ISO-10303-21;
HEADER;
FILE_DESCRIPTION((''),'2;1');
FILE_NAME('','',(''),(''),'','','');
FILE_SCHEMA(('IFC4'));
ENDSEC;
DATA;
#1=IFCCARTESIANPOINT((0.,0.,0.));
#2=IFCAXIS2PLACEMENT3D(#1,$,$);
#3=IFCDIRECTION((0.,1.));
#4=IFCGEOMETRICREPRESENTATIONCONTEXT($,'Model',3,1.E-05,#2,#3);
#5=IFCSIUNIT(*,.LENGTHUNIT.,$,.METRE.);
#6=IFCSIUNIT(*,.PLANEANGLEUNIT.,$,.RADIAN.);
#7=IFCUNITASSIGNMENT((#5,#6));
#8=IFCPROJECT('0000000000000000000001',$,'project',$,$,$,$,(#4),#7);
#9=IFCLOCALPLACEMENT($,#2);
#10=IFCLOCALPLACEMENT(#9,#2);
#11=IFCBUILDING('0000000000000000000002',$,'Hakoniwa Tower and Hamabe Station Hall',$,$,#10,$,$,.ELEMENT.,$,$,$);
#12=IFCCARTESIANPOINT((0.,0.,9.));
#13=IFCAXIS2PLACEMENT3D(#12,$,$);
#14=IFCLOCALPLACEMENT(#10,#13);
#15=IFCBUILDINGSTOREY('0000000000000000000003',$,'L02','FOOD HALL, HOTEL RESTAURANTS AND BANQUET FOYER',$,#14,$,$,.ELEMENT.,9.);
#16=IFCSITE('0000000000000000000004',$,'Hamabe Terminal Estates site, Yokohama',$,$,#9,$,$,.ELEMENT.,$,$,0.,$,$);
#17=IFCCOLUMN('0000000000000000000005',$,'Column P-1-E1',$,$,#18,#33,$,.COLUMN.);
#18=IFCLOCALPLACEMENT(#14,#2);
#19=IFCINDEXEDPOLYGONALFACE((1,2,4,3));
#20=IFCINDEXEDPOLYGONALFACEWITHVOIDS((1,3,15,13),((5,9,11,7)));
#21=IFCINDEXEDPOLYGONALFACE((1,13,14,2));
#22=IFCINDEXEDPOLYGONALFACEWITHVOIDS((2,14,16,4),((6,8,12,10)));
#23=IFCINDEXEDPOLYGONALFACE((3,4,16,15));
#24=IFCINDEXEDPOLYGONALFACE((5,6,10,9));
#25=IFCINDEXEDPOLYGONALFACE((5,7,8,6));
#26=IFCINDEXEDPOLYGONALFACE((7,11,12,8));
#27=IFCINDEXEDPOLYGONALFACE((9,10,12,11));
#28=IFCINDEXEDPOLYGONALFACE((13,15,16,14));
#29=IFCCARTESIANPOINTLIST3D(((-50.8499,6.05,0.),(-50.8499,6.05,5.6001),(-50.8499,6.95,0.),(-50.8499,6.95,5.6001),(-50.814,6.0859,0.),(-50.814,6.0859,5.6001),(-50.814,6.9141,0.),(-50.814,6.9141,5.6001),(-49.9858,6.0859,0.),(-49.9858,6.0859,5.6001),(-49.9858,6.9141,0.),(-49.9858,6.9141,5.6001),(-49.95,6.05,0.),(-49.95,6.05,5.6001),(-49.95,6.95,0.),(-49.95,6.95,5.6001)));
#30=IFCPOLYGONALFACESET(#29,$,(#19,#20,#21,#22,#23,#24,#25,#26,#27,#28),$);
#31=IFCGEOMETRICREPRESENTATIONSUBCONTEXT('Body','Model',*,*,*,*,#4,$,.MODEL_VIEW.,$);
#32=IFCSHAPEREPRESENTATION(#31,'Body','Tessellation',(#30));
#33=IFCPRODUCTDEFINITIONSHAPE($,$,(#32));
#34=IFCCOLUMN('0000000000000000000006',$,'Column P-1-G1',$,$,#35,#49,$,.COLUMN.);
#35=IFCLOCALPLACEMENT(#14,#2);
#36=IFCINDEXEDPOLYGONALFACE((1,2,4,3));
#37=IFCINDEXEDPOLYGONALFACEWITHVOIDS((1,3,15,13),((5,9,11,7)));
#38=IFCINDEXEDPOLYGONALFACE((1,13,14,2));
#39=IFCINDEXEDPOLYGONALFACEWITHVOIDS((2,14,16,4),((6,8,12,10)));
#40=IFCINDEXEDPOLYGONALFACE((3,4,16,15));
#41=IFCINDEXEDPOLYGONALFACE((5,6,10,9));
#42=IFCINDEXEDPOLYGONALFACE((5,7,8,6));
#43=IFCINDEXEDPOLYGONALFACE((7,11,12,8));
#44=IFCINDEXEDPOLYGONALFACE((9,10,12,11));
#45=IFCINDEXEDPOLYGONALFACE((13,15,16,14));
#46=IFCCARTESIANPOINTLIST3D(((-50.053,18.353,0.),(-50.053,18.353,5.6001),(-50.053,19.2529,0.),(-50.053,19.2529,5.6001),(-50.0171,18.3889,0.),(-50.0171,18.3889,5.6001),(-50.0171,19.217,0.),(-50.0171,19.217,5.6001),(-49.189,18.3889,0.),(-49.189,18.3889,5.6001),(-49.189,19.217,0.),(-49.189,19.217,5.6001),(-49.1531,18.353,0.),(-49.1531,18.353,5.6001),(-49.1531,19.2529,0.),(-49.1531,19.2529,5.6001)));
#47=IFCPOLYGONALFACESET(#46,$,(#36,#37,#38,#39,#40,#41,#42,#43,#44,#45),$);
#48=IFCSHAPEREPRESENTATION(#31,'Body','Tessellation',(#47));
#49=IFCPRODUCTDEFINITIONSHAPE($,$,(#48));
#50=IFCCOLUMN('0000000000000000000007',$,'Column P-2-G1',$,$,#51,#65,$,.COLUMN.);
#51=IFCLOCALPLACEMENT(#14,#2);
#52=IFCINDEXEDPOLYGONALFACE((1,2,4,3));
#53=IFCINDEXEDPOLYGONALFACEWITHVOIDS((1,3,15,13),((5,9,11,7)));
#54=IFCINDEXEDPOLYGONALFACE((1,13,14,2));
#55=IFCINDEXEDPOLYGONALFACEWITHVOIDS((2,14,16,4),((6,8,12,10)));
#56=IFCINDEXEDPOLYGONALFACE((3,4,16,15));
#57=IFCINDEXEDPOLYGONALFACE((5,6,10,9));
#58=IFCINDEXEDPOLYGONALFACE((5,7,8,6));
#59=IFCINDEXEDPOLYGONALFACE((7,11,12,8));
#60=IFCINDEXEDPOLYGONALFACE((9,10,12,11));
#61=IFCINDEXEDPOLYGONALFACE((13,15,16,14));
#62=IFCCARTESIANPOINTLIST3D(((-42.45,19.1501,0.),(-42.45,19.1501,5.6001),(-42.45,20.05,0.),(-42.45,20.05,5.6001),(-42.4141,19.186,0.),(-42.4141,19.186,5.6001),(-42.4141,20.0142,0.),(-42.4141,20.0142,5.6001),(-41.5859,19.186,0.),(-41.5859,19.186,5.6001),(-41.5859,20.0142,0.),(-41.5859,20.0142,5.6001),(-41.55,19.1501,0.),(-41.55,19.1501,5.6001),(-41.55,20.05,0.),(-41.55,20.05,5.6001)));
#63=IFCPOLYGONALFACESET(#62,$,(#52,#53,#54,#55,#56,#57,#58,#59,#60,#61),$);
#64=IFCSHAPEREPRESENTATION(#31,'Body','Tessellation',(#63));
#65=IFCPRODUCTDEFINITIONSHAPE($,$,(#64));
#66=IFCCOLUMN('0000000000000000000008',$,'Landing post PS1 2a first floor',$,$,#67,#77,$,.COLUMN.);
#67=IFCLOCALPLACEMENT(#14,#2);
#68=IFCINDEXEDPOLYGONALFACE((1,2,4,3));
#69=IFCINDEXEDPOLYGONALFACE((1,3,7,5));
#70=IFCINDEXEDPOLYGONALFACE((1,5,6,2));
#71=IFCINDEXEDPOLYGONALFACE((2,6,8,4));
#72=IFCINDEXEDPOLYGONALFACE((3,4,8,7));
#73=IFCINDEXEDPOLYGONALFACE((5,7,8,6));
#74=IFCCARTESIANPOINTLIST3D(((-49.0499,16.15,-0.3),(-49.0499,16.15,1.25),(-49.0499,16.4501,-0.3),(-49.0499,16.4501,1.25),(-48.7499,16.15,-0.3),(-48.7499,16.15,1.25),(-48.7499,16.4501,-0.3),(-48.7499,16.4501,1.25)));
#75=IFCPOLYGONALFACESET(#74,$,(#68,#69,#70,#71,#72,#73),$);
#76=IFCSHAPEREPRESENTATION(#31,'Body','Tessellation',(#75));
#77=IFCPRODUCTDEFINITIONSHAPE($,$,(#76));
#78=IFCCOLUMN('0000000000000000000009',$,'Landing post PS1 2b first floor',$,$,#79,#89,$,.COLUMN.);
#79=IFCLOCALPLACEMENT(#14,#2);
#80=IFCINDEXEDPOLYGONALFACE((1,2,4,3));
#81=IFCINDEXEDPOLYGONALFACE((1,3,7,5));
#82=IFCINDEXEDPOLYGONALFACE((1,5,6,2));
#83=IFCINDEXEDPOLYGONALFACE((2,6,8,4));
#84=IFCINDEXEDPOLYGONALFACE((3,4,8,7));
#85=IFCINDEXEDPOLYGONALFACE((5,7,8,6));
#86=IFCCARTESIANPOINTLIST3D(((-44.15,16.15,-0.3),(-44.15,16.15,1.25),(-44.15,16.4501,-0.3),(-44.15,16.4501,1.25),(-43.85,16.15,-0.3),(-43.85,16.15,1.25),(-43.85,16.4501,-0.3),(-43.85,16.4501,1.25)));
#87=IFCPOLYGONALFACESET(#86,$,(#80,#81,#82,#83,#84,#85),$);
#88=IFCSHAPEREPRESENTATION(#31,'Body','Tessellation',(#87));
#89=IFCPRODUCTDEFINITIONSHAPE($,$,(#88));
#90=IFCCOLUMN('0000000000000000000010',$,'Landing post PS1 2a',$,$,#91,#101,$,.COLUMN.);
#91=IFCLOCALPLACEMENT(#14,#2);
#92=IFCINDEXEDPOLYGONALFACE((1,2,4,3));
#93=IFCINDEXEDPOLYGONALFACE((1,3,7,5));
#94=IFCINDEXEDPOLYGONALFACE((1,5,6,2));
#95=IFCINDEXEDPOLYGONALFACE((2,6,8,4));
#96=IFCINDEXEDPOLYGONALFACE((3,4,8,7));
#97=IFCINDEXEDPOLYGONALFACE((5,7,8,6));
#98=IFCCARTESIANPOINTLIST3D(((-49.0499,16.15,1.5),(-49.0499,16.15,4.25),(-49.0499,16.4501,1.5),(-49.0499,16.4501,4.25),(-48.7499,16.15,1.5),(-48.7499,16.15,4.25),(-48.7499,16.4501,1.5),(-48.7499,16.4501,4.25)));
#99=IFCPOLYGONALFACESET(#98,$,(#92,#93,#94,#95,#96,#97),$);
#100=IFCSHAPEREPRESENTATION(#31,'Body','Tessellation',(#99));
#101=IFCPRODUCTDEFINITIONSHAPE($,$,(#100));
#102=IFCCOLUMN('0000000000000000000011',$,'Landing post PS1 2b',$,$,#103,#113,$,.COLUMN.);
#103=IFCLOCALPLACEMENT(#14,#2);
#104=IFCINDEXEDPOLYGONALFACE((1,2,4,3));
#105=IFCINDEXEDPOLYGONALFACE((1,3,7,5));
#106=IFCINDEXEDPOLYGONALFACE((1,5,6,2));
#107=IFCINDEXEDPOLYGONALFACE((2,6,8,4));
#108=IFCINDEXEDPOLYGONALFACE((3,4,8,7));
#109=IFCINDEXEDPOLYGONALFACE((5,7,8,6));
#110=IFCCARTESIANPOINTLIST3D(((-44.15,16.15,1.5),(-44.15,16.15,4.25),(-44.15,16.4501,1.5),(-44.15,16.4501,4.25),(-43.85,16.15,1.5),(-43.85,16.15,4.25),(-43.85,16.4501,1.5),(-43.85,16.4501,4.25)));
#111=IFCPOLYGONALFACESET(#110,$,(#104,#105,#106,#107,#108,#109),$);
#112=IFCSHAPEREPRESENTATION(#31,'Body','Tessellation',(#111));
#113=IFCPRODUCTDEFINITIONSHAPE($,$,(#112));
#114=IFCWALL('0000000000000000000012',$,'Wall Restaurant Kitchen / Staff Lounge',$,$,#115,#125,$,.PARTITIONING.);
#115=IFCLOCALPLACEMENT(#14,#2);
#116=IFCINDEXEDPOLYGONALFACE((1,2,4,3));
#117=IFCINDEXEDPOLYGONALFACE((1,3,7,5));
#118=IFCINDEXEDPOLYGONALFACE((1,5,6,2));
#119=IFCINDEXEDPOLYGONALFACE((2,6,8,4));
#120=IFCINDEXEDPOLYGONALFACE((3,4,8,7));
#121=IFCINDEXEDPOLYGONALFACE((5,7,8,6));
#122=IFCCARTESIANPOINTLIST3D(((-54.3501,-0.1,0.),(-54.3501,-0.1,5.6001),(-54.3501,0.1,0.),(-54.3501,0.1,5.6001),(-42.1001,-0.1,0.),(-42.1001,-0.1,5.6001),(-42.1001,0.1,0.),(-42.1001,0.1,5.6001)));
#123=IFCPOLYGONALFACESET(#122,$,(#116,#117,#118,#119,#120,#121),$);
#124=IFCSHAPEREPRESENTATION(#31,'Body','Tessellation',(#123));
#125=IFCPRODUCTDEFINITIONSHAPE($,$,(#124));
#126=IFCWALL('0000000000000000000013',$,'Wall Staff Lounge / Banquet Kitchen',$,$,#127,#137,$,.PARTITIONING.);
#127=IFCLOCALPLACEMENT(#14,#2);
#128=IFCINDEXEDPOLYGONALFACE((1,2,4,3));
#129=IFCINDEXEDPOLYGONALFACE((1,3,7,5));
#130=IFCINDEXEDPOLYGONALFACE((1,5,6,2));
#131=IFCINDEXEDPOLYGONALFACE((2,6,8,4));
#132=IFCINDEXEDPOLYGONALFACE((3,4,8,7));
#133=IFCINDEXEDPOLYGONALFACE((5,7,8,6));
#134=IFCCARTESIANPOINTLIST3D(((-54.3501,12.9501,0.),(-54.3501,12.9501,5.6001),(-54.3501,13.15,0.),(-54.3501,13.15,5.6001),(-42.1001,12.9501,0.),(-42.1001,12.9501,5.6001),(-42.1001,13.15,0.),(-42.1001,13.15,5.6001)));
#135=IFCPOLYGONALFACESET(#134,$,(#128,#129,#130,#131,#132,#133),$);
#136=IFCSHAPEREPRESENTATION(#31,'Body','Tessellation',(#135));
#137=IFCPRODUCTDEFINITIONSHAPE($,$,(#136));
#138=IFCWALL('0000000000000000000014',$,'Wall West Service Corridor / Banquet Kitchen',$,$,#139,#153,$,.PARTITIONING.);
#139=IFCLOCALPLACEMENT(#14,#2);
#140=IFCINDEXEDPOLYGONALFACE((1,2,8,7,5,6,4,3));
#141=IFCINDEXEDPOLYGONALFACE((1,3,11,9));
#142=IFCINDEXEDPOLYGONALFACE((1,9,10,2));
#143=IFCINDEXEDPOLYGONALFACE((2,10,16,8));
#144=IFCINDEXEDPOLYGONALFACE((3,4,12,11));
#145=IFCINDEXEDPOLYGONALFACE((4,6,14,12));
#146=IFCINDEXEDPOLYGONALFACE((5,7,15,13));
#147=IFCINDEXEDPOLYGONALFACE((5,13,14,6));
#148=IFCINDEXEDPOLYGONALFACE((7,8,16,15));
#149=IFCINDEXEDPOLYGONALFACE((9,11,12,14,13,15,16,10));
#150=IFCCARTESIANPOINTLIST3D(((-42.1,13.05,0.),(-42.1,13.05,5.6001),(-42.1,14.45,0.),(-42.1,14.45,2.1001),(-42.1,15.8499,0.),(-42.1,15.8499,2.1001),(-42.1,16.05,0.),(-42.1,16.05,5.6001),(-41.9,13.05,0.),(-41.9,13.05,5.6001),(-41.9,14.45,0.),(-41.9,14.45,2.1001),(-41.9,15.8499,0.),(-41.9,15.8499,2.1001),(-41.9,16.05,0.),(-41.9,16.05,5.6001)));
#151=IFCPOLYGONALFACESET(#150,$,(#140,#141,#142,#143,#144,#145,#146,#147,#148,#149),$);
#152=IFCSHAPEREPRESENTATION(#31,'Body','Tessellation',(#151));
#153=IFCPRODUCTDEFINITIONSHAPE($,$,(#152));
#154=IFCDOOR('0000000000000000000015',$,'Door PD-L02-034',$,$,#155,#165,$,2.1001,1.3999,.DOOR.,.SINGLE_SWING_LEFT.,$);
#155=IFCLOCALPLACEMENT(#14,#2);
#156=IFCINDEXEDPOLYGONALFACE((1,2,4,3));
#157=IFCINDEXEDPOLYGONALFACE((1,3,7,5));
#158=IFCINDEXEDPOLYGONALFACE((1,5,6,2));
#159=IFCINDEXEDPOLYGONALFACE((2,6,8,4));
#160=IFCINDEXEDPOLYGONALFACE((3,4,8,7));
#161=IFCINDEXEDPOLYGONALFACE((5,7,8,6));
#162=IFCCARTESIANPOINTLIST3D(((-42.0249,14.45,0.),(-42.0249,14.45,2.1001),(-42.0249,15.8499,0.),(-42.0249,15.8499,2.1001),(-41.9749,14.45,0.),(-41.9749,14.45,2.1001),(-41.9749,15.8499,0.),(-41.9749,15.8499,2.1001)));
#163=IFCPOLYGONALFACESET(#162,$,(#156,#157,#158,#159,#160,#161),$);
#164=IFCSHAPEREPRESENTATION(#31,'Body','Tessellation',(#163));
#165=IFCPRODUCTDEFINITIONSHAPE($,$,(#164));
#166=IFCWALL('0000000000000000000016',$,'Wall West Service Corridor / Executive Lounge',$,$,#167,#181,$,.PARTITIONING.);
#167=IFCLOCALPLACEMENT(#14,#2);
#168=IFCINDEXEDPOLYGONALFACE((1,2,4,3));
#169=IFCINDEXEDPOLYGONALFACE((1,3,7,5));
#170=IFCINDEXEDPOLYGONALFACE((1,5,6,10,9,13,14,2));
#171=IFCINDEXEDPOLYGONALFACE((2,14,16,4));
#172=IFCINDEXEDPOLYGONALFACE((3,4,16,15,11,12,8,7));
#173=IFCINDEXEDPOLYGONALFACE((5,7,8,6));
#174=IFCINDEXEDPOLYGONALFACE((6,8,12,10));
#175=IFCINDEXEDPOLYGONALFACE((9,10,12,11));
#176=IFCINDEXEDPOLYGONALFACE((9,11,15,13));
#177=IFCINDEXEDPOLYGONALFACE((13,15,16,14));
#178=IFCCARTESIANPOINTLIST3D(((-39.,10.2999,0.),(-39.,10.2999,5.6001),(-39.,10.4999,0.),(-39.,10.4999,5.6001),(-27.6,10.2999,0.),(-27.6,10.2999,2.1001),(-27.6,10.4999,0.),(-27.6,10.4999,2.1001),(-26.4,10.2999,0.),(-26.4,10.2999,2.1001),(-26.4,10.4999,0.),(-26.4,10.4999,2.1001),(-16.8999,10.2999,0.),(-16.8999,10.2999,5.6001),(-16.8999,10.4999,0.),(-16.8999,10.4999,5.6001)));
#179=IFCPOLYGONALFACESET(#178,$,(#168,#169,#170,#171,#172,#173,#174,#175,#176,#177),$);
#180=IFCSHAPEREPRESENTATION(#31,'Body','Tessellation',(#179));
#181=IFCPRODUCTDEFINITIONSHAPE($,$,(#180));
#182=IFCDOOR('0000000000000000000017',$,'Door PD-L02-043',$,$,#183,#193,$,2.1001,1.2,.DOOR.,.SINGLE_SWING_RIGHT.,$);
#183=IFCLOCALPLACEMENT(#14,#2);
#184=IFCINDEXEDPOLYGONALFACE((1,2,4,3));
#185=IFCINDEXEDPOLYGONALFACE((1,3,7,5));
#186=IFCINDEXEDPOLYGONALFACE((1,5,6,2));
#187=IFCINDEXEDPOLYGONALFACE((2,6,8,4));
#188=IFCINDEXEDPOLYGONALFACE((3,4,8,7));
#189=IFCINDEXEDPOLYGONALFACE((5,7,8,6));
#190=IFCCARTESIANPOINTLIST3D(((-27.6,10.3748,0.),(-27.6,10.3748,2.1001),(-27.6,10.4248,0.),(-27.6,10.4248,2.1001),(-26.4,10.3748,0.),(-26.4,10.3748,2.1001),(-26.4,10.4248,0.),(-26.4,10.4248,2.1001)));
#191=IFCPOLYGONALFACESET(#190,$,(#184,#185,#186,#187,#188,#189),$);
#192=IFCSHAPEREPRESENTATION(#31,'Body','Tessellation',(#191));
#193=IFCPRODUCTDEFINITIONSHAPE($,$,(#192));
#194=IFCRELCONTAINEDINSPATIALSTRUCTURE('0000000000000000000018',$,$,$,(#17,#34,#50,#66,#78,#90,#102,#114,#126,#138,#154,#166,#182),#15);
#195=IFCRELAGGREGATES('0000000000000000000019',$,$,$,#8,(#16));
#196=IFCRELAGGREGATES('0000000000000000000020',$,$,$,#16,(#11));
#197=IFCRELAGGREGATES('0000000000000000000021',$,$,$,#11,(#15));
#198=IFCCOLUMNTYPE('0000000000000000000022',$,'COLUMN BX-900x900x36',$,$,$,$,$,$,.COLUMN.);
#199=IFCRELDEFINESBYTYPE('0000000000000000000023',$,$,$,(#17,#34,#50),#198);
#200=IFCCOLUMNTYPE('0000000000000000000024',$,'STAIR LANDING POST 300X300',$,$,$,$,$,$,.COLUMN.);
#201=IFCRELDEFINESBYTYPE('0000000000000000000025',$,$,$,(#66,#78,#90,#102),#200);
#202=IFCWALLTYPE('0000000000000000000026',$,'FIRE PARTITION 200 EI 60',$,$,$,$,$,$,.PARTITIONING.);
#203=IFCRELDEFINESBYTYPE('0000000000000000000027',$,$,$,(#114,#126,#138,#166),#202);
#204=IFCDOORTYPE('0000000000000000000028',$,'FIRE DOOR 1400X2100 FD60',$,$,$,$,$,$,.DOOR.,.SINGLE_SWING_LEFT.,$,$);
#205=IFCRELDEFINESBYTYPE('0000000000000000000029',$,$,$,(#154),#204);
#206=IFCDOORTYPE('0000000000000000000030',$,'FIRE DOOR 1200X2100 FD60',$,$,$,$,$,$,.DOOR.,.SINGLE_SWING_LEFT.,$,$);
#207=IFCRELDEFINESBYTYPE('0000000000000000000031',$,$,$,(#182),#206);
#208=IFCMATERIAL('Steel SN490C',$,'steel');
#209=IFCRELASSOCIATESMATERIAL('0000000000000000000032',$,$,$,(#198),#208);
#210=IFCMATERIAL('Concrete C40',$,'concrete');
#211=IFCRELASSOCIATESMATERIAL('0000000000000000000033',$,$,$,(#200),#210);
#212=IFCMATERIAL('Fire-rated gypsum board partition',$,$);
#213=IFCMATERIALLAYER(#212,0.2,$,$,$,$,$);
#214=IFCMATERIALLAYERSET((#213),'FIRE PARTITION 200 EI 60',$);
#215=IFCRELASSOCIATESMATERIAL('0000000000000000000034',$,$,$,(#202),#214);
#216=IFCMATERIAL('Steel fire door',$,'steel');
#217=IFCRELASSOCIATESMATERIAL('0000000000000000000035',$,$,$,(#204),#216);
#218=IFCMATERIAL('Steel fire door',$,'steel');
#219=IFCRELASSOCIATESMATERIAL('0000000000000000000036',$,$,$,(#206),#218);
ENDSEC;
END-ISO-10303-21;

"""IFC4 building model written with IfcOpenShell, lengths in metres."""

from ifc_helpers import new_model, si_unit, direction, frame, frame_2d, origin, origin_2d, place, context, subcontext, project, spatial, rectangle, hollow_rectangle, extrude, material, layer, layer_set, material_profile, profile_set, type_object, element, fill, save


model = new_model("IFC4")

# Units and contexts
model_context = context("Model", 3, precision=1e-05, world=origin(), true_north=direction((0.0, 1.0)))
body_context = subcontext(model_context, "Body", "Model", "MODEL_VIEW")
ifc_project = project(units=[si_unit("LENGTHUNIT", "METRE"), si_unit("PLANEANGLEUNIT", "RADIAN")], contexts=[model_context])

# Site, building, storey
site_placement = place(None, origin())
site = spatial("IfcSite", under=ifc_project, at=site_placement, Name="Hamabe Terminal Estates site, Yokohama", CompositionType="ELEMENT", RefElevation=0.0)
building_placement = place(site_placement, origin())
building = spatial("IfcBuilding", under=site, at=building_placement, Name="Hakoniwa Tower and Hamabe Station Hall", CompositionType="ELEMENT")
storey_placement = place(building_placement, frame((0.0, 0.0, 9.0)))
storey = spatial("IfcBuildingStorey", under=building, at=storey_placement, Name="L02", Description="FOOD HALL, HOTEL RESTAURANTS AND BANQUET FOYER", CompositionType="ELEMENT", Elevation=9.0)

# Columns
ifc_material_1 = material(Name="Steel SN490C", Category="steel")
ifc_material_profile_1 = material_profile(ifc_material_1, hollow_rectangle(XDim=0.8999, YDim=0.8999, WallThickness=0.0359, at=origin_2d()), Name="BX-900x900x36")
ifc_profile_set_1 = profile_set([ifc_material_profile_1], Name="Steel SN490C")
column_type_1 = type_object("IfcColumnType", Name="COLUMN BX-900x900x36", PredefinedType="COLUMN", material=ifc_profile_set_1)
for number, where, z_axis, x_axis, name in (
    (1, (-50.3999, 6.5, 0.0), (0.0, 0.0, 1.0), (1.0, 0.0, 0.0), "Column P-1-E1"),
    (2, (-49.603, 18.803, 0.0), (0.0, 0.0, 1.0), (1.0, 0.0, 0.0), "Column P-1-G1"),
    (3, (-42.0, 19.6001, 0.0), (0.0, 0.0, 1.0), (1.0, 0.0, 0.0), "Column P-2-G1"),
):
    element("IfcColumn", number, at=place(storey_placement, frame(where, z_axis=z_axis, x_axis=x_axis)), inside=storey, type_object=column_type_1, Name=name, PredefinedType="COLUMN", context=body_context, shape_type="SweptSolid", body=[
        extrude(hollow_rectangle(XDim=0.8999, YDim=0.8999, WallThickness=0.0359, at=origin_2d()), origin(), (0.0, 0.0, 1.0), 5.6001),
    ])
ifc_material_2 = material(Name="Concrete C40", Category="concrete")
ifc_material_profile_2 = material_profile(ifc_material_2, rectangle(XDim=0.3, YDim=0.3, at=origin_2d()), Name="STAIR LANDING POST 300X300")
ifc_profile_set_2 = profile_set([ifc_material_profile_2], Name="Concrete C40")
column_type_2 = type_object("IfcColumnType", Name="STAIR LANDING POST 300X300", PredefinedType="COLUMN", material=ifc_profile_set_2)
for number, where, z_axis, x_axis, name in (
    (4, (-48.8999, 16.3, -0.3), (0.0, 0.0, 1.0), (1.0, 0.0, 0.0), "Landing post PS1 2a first floor"),
    (5, (-44.0, 16.3, -0.3), (0.0, 0.0, 1.0), (1.0, 0.0, 0.0), "Landing post PS1 2b first floor"),
):
    element("IfcColumn", number, at=place(storey_placement, frame(where, z_axis=z_axis, x_axis=x_axis)), inside=storey, type_object=column_type_2, Name=name, PredefinedType="COLUMN", context=body_context, shape_type="SweptSolid", body=[
        extrude(rectangle(XDim=0.3, YDim=0.3, at=origin_2d()), origin(), (0.0, 0.0, 1.0), 1.55),
    ])
for number, where, z_axis, x_axis, name in (
    (6, (-48.8999, 16.3, 1.5), (0.0, 0.0, 1.0), (1.0, 0.0, 0.0), "Landing post PS1 2a"),
    (7, (-44.0, 16.3, 1.5), (0.0, 0.0, 1.0), (1.0, 0.0, 0.0), "Landing post PS1 2b"),
):
    element("IfcColumn", number, at=place(storey_placement, frame(where, z_axis=z_axis, x_axis=x_axis)), inside=storey, type_object=column_type_2, Name=name, PredefinedType="COLUMN", context=body_context, shape_type="SweptSolid", body=[
        extrude(rectangle(XDim=0.3, YDim=0.3, at=origin_2d()), origin(), (0.0, 0.0, 1.0), 2.75),
    ])

# Walls
ifc_material_3 = material(Name="Fire-rated gypsum board partition")
ifc_layer_1 = layer(ifc_material_3, 0.2)
ifc_layer_set_1 = layer_set([ifc_layer_1], Name="FIRE PARTITION 200 EI 60")
wall_type_1 = type_object("IfcWallType", Name="FIRE PARTITION 200 EI 60", PredefinedType="PARTITIONING", material=ifc_layer_set_1)
for number, where, z_axis, x_axis, name in (
    (8, (-54.3501, 0.0, 0.0), (0.0, 0.0, 1.0), (1.0, 0.0, 0.0), "Wall Restaurant Kitchen / Staff Lounge"),
    (9, (-54.3501, 13.05, 0.0), (0.0, 0.0, 1.0), (1.0, 0.0, 0.0), "Wall Staff Lounge / Banquet Kitchen"),
):
    element("IfcWall", number, at=place(storey_placement, frame(where, z_axis=z_axis, x_axis=x_axis)), inside=storey, type_object=wall_type_1, Name=name, PredefinedType="PARTITIONING", context=body_context, shape_type="SweptSolid", body=[
        extrude(rectangle(XDim=12.25, YDim=0.2, at=frame_2d((6.125, 0.0))), origin(), (0.0, 0.0, 1.0), 5.6001),
    ])

# Walls, openings, doors
wall_1_placement = place(storey_placement, frame((-42.0, 13.05, 0.0), z_axis=(0.0, 0.0, 1.0), x_axis=(0.0, 1.0, 0.0)))
wall_1 = element("IfcWall", 10, at=wall_1_placement, inside=storey, type_object=wall_type_1, Name="Wall West Service Corridor / Banquet Kitchen", PredefinedType="PARTITIONING", context=body_context, shape_type="SweptSolid", body=[
    extrude(rectangle(XDim=3.0, YDim=0.2, at=frame_2d((1.5, 0.0))), origin(), (0.0, 0.0, 1.0), 5.6001),
])
opening_1_placement = place(wall_1_placement, frame((1.3999, 0.0, 0.0)))
opening_1 = element("IfcOpeningElement", 11, at=opening_1_placement, cuts=wall_1, PredefinedType="OPENING", context=body_context, shape_type="SweptSolid", body=[
    extrude(rectangle(XDim=1.3999, YDim=2.1001, at=frame_2d((0.7, 1.05))), frame((0.0, 0.1099, 0.0), z_axis=(0.0, -1.0, 0.0), x_axis=(1.0, 0.0, 0.0)), (0.0, 0.0, 1.0), 0.22),
])
ifc_material_4 = material(Name="Steel fire door", Category="steel")
door_type_1 = type_object("IfcDoorType", Name="FIRE DOOR 1400X2100 FD60", OperationType="SINGLE_SWING_LEFT", PredefinedType="DOOR", material=ifc_material_4)
door_1_placement = place(opening_1_placement, origin())
door_1 = element("IfcDoor", 12, at=door_1_placement, inside=storey, type_object=door_type_1, Name="Door PD-L02-034", OperationType="SINGLE_SWING_LEFT", OverallHeight=2.1001, OverallWidth=1.3999, PredefinedType="DOOR", context=body_context, shape_type="SweptSolid", body=[
    extrude(rectangle(XDim=1.3999, YDim=2.1001, at=frame_2d((0.7, 1.05))), frame((0.0, 0.0249, 0.0), z_axis=(0.0, -1.0, 0.0), x_axis=(1.0, 0.0, 0.0)), (0.0, 0.0, 1.0), 0.05),
])
fill(opening_1, door_1)
wall_2_placement = place(storey_placement, frame((-39.0, 10.3999, 0.0), z_axis=(0.0, 0.0, 1.0), x_axis=(1.0, 0.0, 0.0)))
wall_2 = element("IfcWall", 13, at=wall_2_placement, inside=storey, type_object=wall_type_1, Name="Wall West Service Corridor / Executive Lounge", PredefinedType="PARTITIONING", context=body_context, shape_type="SweptSolid", body=[
    extrude(rectangle(XDim=22.1001, YDim=0.2, at=frame_2d((11.05, 0.0))), origin(), (0.0, 0.0, 1.0), 5.6001),
])
opening_2_placement = place(wall_2_placement, frame((11.3999, 0.0, 0.0)))
opening_2 = element("IfcOpeningElement", 14, at=opening_2_placement, cuts=wall_2, PredefinedType="OPENING", context=body_context, shape_type="SweptSolid", body=[
    extrude(rectangle(XDim=1.2, YDim=2.1001, at=frame_2d((0.6001, 1.05))), frame((0.0, 0.1099, 0.0), z_axis=(0.0, -1.0, 0.0), x_axis=(1.0, 0.0, 0.0)), (0.0, 0.0, 1.0), 0.22),
])
ifc_material_5 = material(Name="Steel fire door", Category="steel")
door_type_2 = type_object("IfcDoorType", Name="FIRE DOOR 1200X2100 FD60", OperationType="SINGLE_SWING_LEFT", PredefinedType="DOOR", material=ifc_material_5)
door_2_placement = place(opening_2_placement, origin())
door_2 = element("IfcDoor", 15, at=door_2_placement, inside=storey, type_object=door_type_2, Name="Door PD-L02-043", OperationType="SINGLE_SWING_RIGHT", OverallHeight=2.1001, OverallWidth=1.2, PredefinedType="DOOR", context=body_context, shape_type="SweptSolid", body=[
    extrude(rectangle(XDim=1.2, YDim=2.1001, at=frame_2d((0.6001, 1.05))), frame((0.0, 0.0249, 0.0), z_axis=(0.0, -1.0, 0.0), x_axis=(1.0, 0.0, 0.0)), (0.0, 0.0, 1.0), 0.05),
])
fill(opening_2, door_2)

save(model, "model.ifc")
